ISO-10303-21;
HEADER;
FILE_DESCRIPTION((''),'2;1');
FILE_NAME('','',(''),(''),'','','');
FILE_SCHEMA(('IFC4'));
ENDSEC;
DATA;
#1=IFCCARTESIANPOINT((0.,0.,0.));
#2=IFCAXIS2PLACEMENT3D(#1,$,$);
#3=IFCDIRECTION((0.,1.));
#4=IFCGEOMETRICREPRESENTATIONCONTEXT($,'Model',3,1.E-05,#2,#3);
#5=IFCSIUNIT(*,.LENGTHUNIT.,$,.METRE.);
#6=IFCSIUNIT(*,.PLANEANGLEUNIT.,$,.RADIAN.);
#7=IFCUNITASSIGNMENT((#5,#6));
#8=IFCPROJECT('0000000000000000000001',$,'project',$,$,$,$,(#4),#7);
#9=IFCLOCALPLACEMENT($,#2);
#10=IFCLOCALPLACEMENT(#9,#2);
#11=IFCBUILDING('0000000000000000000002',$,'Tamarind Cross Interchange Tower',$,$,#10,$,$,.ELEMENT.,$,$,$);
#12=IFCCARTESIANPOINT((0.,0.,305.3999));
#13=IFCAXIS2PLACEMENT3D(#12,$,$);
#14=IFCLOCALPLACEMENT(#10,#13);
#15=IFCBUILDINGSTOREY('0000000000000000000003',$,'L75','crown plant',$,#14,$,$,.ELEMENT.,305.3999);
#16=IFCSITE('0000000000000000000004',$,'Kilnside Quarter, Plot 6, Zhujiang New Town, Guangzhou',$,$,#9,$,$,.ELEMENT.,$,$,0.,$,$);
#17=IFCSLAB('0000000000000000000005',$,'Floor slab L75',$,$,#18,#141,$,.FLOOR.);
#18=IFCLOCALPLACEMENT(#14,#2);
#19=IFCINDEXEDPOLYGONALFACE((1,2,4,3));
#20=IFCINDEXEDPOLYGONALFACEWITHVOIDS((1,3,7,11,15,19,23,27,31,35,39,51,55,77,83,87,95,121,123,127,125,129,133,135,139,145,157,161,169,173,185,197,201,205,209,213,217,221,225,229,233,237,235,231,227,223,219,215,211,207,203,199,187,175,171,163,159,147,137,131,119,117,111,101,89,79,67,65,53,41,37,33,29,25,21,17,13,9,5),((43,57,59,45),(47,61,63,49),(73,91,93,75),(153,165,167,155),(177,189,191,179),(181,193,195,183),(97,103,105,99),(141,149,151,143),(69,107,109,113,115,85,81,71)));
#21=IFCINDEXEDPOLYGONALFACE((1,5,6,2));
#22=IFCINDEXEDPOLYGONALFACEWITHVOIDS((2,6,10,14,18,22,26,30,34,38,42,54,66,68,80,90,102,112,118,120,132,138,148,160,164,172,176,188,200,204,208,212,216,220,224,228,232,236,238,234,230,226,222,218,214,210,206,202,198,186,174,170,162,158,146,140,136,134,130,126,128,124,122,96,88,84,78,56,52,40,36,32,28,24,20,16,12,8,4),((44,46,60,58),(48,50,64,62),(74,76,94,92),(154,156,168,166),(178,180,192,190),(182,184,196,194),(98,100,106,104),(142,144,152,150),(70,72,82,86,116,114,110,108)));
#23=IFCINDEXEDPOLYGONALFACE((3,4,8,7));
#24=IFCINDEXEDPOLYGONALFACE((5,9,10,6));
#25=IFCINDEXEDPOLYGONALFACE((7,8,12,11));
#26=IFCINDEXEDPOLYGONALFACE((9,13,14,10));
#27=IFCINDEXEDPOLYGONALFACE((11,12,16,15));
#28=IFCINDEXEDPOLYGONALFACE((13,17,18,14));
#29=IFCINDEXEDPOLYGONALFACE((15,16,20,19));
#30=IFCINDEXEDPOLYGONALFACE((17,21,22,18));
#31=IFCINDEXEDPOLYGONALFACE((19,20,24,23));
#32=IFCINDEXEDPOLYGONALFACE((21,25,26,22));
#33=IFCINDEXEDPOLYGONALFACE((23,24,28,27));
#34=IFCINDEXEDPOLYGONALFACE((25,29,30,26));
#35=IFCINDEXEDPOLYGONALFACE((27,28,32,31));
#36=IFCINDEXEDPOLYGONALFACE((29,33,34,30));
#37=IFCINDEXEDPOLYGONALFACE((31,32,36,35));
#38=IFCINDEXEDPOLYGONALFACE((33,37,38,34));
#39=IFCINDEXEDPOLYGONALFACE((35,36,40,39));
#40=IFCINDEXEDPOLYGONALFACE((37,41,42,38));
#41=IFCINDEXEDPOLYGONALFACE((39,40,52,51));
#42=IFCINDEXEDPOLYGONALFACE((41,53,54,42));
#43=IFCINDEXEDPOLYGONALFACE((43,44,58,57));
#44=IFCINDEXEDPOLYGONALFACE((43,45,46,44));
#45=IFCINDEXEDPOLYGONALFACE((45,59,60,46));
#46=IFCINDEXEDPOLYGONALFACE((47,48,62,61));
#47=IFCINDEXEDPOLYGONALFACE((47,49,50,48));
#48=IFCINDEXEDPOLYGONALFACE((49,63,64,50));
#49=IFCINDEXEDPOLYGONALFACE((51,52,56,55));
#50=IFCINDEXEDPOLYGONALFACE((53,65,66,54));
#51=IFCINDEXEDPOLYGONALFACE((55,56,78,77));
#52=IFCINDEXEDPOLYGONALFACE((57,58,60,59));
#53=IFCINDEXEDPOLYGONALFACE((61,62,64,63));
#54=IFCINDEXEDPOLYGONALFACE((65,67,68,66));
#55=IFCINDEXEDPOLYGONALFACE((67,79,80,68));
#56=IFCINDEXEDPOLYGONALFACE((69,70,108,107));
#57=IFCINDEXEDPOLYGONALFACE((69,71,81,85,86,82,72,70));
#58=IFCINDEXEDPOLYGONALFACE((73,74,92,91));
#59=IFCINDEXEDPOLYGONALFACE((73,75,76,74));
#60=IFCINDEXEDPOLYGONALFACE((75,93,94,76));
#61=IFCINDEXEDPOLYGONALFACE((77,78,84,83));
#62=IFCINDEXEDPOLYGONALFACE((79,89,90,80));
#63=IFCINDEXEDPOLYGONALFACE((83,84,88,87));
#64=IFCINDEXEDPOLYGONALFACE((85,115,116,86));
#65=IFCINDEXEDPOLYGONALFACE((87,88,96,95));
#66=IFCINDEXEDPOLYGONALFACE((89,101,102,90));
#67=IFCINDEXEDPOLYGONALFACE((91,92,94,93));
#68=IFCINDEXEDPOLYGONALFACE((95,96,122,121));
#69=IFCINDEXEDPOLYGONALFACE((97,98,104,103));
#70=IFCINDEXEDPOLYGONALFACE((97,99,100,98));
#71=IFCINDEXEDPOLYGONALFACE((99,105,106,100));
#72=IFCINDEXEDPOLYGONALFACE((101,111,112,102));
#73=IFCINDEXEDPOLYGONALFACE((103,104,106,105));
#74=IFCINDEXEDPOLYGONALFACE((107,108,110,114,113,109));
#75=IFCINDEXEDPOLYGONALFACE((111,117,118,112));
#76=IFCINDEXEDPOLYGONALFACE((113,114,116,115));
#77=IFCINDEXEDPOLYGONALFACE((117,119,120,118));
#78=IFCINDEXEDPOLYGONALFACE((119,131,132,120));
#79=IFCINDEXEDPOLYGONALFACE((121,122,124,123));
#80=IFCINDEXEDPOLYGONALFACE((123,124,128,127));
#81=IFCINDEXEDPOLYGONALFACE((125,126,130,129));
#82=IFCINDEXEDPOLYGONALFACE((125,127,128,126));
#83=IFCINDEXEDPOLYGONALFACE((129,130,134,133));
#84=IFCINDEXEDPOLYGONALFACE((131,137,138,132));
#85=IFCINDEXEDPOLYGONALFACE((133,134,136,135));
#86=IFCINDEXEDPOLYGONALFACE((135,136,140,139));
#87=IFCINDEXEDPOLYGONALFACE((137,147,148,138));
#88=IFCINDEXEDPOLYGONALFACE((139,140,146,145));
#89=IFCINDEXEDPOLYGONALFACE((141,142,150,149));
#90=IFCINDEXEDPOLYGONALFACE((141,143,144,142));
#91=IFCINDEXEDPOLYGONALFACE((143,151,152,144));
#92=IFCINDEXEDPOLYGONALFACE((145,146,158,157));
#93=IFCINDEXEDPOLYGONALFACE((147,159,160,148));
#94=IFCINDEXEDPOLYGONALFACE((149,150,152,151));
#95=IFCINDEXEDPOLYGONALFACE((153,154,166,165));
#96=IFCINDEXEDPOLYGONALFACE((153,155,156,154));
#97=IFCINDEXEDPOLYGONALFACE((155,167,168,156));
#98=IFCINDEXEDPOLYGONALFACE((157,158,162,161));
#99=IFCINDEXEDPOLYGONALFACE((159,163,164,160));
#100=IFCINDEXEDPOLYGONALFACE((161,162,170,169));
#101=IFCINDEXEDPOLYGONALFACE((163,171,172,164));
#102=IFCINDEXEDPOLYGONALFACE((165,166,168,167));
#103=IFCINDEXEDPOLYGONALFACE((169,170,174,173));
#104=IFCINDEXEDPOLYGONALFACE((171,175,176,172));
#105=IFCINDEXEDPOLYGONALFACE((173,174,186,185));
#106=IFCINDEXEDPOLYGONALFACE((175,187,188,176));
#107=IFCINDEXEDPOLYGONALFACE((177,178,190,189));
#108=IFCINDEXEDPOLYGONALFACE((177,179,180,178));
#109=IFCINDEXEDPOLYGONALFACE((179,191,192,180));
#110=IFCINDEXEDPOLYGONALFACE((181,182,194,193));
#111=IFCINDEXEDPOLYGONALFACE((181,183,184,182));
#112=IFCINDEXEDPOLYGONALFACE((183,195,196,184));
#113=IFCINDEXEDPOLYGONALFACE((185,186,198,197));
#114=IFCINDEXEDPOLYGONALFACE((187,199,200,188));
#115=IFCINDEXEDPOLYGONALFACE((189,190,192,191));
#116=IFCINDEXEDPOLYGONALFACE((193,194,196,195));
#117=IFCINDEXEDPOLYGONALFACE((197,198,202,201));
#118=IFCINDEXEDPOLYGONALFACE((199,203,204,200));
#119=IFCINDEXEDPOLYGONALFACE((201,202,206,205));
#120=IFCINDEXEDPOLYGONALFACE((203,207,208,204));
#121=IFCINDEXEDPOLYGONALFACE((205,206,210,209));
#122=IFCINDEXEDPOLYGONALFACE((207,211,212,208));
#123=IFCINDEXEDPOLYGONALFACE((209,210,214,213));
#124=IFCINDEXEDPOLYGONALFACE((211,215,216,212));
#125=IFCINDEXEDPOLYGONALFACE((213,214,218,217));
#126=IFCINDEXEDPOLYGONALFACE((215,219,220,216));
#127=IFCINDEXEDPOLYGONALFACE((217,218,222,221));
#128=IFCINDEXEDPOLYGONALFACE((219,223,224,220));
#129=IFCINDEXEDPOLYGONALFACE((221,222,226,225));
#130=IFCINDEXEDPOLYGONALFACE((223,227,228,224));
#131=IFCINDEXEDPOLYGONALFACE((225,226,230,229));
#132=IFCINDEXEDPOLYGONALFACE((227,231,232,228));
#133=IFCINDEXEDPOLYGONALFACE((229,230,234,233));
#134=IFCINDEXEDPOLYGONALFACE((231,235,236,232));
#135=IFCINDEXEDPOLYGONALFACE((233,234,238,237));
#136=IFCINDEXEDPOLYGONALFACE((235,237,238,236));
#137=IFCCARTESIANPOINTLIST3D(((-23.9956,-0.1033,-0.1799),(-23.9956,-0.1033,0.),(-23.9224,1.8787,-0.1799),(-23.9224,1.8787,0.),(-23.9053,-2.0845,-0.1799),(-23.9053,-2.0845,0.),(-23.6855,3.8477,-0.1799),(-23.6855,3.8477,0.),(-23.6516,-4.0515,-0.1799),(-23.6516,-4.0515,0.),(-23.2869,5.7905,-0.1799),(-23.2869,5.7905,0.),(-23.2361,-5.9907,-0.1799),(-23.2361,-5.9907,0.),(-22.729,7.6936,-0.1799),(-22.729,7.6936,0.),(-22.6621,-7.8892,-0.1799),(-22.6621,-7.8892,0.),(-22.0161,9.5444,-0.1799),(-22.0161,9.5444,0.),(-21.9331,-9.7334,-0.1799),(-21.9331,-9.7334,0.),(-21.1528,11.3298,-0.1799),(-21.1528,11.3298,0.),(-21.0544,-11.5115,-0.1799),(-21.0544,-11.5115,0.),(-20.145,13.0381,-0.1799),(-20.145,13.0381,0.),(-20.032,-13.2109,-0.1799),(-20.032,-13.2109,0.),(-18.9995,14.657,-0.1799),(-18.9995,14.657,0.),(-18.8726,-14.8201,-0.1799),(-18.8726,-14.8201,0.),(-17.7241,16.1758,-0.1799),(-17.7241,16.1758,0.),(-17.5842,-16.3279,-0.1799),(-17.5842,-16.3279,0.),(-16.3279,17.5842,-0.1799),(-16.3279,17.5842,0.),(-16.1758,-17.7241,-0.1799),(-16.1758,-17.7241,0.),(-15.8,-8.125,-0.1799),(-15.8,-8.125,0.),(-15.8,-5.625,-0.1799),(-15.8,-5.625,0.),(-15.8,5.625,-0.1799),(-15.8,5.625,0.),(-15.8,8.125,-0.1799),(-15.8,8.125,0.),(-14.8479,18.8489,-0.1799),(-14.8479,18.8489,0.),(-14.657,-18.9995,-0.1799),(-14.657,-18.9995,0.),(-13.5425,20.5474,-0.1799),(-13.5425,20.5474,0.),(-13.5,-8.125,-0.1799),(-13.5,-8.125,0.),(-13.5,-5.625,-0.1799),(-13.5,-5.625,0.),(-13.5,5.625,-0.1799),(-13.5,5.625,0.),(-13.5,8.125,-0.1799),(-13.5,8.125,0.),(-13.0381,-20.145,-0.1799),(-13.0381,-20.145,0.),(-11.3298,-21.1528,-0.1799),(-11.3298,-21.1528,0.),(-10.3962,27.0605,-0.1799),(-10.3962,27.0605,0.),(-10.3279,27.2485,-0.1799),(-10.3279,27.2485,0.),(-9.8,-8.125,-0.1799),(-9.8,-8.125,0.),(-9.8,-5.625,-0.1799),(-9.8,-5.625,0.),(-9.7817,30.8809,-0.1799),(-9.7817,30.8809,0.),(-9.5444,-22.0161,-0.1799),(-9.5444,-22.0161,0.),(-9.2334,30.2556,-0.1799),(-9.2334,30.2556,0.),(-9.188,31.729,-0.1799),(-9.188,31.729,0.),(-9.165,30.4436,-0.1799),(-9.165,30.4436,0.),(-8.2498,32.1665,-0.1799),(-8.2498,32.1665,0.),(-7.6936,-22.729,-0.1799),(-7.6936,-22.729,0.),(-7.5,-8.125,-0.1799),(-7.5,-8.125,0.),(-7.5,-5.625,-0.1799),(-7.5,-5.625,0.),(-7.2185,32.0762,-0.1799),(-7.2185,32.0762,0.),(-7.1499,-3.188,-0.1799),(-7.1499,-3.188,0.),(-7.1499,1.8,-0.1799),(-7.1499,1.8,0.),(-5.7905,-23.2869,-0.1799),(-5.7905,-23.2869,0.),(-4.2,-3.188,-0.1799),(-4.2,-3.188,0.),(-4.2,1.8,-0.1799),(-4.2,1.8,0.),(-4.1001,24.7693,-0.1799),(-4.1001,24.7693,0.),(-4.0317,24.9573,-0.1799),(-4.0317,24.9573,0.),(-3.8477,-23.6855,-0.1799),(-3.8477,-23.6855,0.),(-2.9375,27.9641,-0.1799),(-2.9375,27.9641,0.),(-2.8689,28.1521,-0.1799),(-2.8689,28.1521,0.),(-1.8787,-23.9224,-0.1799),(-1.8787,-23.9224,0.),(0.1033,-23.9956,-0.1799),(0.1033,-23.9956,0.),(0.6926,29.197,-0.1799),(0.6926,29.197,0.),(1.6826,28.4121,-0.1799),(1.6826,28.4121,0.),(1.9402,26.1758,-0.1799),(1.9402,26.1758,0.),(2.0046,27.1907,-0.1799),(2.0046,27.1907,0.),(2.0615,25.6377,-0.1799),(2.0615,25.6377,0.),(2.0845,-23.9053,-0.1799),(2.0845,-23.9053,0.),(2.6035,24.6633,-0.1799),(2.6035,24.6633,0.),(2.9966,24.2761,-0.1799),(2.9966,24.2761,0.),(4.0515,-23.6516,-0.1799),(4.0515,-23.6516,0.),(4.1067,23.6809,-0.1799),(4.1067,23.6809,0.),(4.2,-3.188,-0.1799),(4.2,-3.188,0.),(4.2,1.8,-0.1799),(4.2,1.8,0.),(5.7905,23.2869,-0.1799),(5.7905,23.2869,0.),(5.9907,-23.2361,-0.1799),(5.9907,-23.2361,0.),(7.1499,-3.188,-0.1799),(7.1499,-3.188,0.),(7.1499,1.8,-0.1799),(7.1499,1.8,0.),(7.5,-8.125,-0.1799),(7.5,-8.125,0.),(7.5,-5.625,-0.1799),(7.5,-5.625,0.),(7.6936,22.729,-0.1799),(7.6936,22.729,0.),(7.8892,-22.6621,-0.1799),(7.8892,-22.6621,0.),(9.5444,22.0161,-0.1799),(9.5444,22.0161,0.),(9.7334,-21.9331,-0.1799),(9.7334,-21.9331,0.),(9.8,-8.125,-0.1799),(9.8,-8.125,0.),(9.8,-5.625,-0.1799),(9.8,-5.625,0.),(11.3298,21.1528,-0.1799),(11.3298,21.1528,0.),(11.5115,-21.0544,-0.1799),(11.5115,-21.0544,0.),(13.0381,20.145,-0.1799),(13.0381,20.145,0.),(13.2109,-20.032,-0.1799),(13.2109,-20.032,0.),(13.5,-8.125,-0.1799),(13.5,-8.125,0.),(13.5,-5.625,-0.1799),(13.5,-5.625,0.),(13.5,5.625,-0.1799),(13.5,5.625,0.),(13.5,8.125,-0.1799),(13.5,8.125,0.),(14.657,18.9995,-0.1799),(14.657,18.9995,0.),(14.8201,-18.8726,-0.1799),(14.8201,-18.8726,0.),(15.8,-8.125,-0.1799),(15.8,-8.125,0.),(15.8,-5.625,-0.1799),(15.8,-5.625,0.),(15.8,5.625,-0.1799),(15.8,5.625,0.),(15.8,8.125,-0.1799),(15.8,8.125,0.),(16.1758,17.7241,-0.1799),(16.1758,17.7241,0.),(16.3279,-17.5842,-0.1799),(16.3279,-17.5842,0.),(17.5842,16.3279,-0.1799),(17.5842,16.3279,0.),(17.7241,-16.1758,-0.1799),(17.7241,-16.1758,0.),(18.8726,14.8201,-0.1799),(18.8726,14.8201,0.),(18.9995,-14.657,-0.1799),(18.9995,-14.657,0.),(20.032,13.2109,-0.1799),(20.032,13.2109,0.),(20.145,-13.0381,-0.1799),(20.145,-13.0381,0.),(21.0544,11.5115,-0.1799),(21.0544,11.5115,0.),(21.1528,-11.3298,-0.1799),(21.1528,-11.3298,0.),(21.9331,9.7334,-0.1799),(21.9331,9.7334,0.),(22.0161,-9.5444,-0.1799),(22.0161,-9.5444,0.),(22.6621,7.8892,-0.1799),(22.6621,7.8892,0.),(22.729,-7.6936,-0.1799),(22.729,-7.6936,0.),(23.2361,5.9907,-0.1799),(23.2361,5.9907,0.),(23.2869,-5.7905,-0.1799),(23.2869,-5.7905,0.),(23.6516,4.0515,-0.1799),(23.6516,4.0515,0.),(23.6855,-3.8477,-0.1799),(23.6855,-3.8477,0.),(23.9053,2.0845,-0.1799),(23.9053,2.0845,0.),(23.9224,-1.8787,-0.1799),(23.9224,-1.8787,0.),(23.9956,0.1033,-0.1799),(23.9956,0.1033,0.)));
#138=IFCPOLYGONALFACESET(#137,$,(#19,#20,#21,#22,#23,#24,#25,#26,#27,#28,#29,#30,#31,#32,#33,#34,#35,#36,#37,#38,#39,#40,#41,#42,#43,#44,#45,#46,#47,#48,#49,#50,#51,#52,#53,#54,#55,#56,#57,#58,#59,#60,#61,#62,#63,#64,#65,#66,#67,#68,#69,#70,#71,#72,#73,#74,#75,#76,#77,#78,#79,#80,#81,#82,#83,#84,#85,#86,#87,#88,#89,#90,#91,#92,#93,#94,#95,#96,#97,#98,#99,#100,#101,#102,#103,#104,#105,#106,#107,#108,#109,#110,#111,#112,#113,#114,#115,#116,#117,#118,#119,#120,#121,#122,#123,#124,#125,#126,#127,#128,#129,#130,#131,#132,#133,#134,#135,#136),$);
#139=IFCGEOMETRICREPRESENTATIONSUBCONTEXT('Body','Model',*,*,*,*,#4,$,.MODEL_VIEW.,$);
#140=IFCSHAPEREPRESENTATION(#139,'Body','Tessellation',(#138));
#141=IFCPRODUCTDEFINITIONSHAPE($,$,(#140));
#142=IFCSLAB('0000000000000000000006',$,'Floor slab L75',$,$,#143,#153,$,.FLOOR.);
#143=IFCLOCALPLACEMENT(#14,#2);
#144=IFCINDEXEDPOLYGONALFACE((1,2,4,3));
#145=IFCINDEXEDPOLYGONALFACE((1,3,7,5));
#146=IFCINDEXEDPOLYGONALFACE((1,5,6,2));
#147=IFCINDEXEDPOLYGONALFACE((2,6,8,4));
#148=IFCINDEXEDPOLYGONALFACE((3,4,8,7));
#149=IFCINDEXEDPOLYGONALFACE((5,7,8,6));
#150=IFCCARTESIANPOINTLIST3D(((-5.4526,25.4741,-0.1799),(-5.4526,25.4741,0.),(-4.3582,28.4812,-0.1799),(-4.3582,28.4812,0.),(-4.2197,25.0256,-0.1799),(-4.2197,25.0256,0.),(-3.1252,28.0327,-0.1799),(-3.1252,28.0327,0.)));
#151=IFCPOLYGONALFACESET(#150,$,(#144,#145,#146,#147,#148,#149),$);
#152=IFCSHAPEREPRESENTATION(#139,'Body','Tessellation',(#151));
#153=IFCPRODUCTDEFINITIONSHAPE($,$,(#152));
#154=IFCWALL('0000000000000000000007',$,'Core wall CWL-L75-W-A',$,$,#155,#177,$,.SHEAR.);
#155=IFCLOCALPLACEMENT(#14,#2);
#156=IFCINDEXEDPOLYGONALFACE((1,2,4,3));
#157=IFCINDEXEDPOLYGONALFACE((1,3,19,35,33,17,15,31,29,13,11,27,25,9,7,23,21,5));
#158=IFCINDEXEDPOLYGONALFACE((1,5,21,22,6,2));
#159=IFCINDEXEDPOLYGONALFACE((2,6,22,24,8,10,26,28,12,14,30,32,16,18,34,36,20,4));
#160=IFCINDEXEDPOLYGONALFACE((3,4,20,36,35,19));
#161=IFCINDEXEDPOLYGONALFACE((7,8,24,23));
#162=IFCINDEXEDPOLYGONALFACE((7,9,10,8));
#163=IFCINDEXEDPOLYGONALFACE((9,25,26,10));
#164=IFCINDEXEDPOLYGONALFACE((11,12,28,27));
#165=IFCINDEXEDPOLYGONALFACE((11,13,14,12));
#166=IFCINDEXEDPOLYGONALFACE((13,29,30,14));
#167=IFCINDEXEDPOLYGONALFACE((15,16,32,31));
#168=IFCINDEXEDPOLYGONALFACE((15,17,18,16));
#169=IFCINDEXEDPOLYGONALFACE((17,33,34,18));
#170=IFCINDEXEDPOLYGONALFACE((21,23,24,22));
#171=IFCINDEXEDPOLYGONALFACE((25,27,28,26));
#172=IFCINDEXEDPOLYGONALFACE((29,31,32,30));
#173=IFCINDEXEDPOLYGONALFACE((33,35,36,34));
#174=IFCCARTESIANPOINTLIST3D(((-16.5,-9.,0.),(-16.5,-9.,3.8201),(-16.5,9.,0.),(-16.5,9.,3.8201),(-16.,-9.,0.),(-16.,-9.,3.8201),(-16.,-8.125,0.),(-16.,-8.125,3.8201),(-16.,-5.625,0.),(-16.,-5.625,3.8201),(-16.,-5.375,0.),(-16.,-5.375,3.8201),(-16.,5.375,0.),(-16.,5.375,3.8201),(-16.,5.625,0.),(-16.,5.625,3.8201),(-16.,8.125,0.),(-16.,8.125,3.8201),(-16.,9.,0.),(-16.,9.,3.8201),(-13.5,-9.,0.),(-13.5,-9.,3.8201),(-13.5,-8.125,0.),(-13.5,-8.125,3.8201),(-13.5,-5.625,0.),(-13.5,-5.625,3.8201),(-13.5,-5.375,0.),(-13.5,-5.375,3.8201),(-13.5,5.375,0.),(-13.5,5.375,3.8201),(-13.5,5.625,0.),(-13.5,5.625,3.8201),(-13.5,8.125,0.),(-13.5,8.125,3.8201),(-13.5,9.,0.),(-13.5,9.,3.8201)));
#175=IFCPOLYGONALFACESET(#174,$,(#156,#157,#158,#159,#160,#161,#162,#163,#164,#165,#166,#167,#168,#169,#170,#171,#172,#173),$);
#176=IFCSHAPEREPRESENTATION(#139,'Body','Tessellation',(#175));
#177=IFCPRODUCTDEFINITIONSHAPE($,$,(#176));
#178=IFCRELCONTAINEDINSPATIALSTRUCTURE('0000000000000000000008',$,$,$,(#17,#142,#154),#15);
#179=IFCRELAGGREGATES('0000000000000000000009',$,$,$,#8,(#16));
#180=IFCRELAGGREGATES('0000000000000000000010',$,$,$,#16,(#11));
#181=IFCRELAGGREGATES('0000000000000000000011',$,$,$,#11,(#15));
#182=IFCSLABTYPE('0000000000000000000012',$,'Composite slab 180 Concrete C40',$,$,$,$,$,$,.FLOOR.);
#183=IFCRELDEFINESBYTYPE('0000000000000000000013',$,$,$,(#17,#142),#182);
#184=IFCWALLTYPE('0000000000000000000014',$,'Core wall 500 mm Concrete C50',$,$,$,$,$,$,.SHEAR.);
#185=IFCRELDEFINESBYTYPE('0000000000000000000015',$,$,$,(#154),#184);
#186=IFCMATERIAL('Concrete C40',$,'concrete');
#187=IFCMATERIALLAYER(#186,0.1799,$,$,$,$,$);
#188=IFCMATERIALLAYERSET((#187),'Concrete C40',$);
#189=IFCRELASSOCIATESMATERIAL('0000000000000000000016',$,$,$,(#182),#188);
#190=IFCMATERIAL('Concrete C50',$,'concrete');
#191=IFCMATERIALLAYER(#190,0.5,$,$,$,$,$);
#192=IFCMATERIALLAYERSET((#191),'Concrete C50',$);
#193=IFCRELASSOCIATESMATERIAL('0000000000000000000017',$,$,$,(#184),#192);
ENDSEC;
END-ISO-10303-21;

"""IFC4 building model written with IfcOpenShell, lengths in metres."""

from ifc_helpers import new_model, si_unit, direction, frame, origin, place, context, subcontext, project, spatial, polyline, outline, extrude, material, layer, layer_set, type_object, element, save


model = new_model("IFC4")

# Units and contexts
model_context = context("Model", 3, precision=1e-05, world=origin(), true_north=direction((0.0, 1.0)))
body_context = subcontext(model_context, "Body", "Model", "MODEL_VIEW")
ifc_project = project(units=[si_unit("LENGTHUNIT", "METRE"), si_unit("PLANEANGLEUNIT", "RADIAN")], contexts=[model_context])

# Site, building, storey
site_placement = place(None, origin())
site = spatial("IfcSite", under=ifc_project, at=site_placement, Name="Kilnside Quarter, Plot 6, Zhujiang New Town, Guangzhou", CompositionType="ELEMENT", RefElevation=0.0)
building_placement = place(site_placement, origin())
building = spatial("IfcBuilding", under=site, at=building_placement, Name="Tamarind Cross Interchange Tower", CompositionType="ELEMENT")
storey_placement = place(building_placement, frame((0.0, 0.0, 305.3999)))
storey = spatial("IfcBuildingStorey", under=building, at=storey_placement, Name="L75", Description="crown plant", CompositionType="ELEMENT", Elevation=305.3999)

# Slabs
ifc_material_1 = material(Name="Concrete C40", Category="concrete")
ifc_layer_1 = layer(ifc_material_1, 0.1799)
ifc_layer_set_1 = layer_set([ifc_layer_1], Name="Concrete C40")
slab_type = type_object("IfcSlabType", Name="Composite slab 180 Concrete C40", PredefinedType="FLOOR", material=ifc_layer_set_1)
slab_1_placement = place(storey_placement, frame((0.0, 0.0, -0.1799)))
element("IfcSlab", 1, at=slab_1_placement, inside=storey, type_object=slab_type, Name="Floor slab L75", PredefinedType="FLOOR", context=body_context, shape_type="SweptSolid", body=[
    extrude(outline(polyline([(-9.188, 31.729), (-9.7817, 30.8809), (-13.5425, 20.5474), (-14.8479, 18.8489), (-16.3279, 17.5842), (-17.7241, 16.1758), (-18.9995, 14.657), (-20.145, 13.0381), (-21.1528, 11.3298), (-22.0161, 9.5444), (-22.729, 7.6936), (-23.2869, 5.7905), (-23.6855, 3.8477), (-23.9224, 1.8787), (-23.9956, -0.1033), (-23.9053, -2.0845), (-23.6516, -4.0515), (-23.2361, -5.9907), (-22.6621, -7.8892), (-21.9331, -9.7334), (-21.0544, -11.5115), (-20.032, -13.2109), (-18.8726, -14.8201), (-17.5842, -16.3279), (-16.1758, -17.7241), (-14.657, -18.9995), (-13.0381, -20.145), (-11.3298, -21.1528), (-9.5444, -22.0161), (-7.6936, -22.729), (-5.7905, -23.2869), (-3.8477, -23.6855), (-1.8787, -23.9224), (0.1033, -23.9956), (2.0845, -23.9053), (4.0515, -23.6516), (5.9907, -23.2361), (7.8892, -22.6621), (9.7334, -21.9331), (11.5115, -21.0544), (13.2109, -20.032), (14.8201, -18.8726), (16.3279, -17.5842), (17.7241, -16.1758), (18.9995, -14.657), (20.145, -13.0381), (21.1528, -11.3298), (22.0161, -9.5444), (22.729, -7.6936), (23.2869, -5.7905), (23.6855, -3.8477), (23.9224, -1.8787), (23.9956, 0.1033), (23.9053, 2.0845), (23.6516, 4.0515), (23.2361, 5.9907), (22.6621, 7.8892), (21.9331, 9.7334), (21.0544, 11.5115), (20.032, 13.2109), (18.8726, 14.8201), (17.5842, 16.3279), (16.1758, 17.7241), (14.657, 18.9995), (13.0381, 20.145), (11.3298, 21.1528), (9.5444, 22.0161), (7.6936, 22.729), (5.7905, 23.2869), (4.1067, 23.6809), (2.9966, 24.2761), (2.6035, 24.6633), (2.0615, 25.6377), (1.9402, 26.1758), (2.0046, 27.1907), (1.6826, 28.4121), (0.6926, 29.197), (-7.2185, 32.0762), (-8.2498, 32.1665), (-9.188, 31.729)]), holes=[polyline([(-15.8, -5.625), (-13.5, -5.625), (-13.5, -8.125), (-15.8, -8.125), (-15.8, -5.625)]), polyline([(-7.5, -5.625), (-7.5, -8.125), (-9.8, -8.125), (-9.8, -5.625), (-7.5, -5.625)]), polyline([(-13.5, 8.125), (-13.5, 5.625), (-15.8, 5.625), (-15.8, 8.125), (-13.5, 8.125)]), polyline([(-4.1001, 24.7693), (-10.3962, 27.0605), (-10.3279, 27.2485), (-9.2334, 30.2556), (-9.165, 30.4436), (-2.8689, 28.1521), (-2.9375, 27.9641), (-4.0317, 24.9573), (-4.1001, 24.7693)]), polyline([(7.5, -8.125), (7.5, -5.625), (9.8, -5.625), (9.8, -8.125), (7.5, -8.125)]), polyline([(13.5, -8.125), (13.5, -5.625), (15.8, -5.625), (15.8, -8.125), (13.5, -8.125)]), polyline([(-7.1499, 1.8), (-4.2, 1.8), (-4.2, -3.188), (-7.1499, -3.188), (-7.1499, 1.8)]), polyline([(4.2, 1.8), (7.1499, 1.8), (7.1499, -3.188), (4.2, -3.188), (4.2, 1.8)]), polyline([(13.5, 5.625), (13.5, 8.125), (15.8, 8.125), (15.8, 5.625), (13.5, 5.625)])]), origin(), (0.0, 0.0, 1.0), 0.1799),
])
slab_2_placement = place(storey_placement, frame((0.0, 0.0, -0.1799)))
element("IfcSlab", 2, at=slab_2_placement, inside=storey, type_object=slab_type, Name="Floor slab L75", PredefinedType="FLOOR", context=body_context, shape_type="SweptSolid", body=[
    extrude(outline(polyline([(-4.3582, 28.4812), (-5.4526, 25.4741), (-4.2197, 25.0256), (-3.1252, 28.0327), (-4.3582, 28.4812)])), origin(), (0.0, 0.0, 1.0), 0.1799),
])

# Wall
ifc_material_2 = material(Name="Concrete C50", Category="concrete")
ifc_layer_2 = layer(ifc_material_2, 0.5)
ifc_layer_set_2 = layer_set([ifc_layer_2], Name="Concrete C50")
wall_type_1 = type_object("IfcWallType", Name="Core wall 500 mm Concrete C50", PredefinedType="SHEAR", material=ifc_layer_set_2)
wall_1_placement = place(storey_placement, origin())
element("IfcWall", 3, at=wall_1_placement, inside=storey, type_object=wall_type_1, Name="Core wall CWL-L75-W-A", PredefinedType="SHEAR", context=body_context, shape_type="SweptSolid", body=[
    extrude(outline(polyline([(-13.5, -8.125), (-16.0, -8.125), (-16.0, -5.625), (-13.5, -5.625), (-13.5, -5.375), (-16.0, -5.375), (-16.0, 5.375), (-13.5, 5.375), (-13.5, 5.625), (-16.0, 5.625), (-16.0, 8.125), (-13.5, 8.125), (-13.5, 9.0), (-16.0, 9.0), (-16.5, 9.0), (-16.5, -9.0), (-16.0, -9.0), (-13.5, -9.0), (-13.5, -8.125)])), origin(), (0.0, 0.0, 1.0), 3.8201),
])

save(model, "model.ifc")
